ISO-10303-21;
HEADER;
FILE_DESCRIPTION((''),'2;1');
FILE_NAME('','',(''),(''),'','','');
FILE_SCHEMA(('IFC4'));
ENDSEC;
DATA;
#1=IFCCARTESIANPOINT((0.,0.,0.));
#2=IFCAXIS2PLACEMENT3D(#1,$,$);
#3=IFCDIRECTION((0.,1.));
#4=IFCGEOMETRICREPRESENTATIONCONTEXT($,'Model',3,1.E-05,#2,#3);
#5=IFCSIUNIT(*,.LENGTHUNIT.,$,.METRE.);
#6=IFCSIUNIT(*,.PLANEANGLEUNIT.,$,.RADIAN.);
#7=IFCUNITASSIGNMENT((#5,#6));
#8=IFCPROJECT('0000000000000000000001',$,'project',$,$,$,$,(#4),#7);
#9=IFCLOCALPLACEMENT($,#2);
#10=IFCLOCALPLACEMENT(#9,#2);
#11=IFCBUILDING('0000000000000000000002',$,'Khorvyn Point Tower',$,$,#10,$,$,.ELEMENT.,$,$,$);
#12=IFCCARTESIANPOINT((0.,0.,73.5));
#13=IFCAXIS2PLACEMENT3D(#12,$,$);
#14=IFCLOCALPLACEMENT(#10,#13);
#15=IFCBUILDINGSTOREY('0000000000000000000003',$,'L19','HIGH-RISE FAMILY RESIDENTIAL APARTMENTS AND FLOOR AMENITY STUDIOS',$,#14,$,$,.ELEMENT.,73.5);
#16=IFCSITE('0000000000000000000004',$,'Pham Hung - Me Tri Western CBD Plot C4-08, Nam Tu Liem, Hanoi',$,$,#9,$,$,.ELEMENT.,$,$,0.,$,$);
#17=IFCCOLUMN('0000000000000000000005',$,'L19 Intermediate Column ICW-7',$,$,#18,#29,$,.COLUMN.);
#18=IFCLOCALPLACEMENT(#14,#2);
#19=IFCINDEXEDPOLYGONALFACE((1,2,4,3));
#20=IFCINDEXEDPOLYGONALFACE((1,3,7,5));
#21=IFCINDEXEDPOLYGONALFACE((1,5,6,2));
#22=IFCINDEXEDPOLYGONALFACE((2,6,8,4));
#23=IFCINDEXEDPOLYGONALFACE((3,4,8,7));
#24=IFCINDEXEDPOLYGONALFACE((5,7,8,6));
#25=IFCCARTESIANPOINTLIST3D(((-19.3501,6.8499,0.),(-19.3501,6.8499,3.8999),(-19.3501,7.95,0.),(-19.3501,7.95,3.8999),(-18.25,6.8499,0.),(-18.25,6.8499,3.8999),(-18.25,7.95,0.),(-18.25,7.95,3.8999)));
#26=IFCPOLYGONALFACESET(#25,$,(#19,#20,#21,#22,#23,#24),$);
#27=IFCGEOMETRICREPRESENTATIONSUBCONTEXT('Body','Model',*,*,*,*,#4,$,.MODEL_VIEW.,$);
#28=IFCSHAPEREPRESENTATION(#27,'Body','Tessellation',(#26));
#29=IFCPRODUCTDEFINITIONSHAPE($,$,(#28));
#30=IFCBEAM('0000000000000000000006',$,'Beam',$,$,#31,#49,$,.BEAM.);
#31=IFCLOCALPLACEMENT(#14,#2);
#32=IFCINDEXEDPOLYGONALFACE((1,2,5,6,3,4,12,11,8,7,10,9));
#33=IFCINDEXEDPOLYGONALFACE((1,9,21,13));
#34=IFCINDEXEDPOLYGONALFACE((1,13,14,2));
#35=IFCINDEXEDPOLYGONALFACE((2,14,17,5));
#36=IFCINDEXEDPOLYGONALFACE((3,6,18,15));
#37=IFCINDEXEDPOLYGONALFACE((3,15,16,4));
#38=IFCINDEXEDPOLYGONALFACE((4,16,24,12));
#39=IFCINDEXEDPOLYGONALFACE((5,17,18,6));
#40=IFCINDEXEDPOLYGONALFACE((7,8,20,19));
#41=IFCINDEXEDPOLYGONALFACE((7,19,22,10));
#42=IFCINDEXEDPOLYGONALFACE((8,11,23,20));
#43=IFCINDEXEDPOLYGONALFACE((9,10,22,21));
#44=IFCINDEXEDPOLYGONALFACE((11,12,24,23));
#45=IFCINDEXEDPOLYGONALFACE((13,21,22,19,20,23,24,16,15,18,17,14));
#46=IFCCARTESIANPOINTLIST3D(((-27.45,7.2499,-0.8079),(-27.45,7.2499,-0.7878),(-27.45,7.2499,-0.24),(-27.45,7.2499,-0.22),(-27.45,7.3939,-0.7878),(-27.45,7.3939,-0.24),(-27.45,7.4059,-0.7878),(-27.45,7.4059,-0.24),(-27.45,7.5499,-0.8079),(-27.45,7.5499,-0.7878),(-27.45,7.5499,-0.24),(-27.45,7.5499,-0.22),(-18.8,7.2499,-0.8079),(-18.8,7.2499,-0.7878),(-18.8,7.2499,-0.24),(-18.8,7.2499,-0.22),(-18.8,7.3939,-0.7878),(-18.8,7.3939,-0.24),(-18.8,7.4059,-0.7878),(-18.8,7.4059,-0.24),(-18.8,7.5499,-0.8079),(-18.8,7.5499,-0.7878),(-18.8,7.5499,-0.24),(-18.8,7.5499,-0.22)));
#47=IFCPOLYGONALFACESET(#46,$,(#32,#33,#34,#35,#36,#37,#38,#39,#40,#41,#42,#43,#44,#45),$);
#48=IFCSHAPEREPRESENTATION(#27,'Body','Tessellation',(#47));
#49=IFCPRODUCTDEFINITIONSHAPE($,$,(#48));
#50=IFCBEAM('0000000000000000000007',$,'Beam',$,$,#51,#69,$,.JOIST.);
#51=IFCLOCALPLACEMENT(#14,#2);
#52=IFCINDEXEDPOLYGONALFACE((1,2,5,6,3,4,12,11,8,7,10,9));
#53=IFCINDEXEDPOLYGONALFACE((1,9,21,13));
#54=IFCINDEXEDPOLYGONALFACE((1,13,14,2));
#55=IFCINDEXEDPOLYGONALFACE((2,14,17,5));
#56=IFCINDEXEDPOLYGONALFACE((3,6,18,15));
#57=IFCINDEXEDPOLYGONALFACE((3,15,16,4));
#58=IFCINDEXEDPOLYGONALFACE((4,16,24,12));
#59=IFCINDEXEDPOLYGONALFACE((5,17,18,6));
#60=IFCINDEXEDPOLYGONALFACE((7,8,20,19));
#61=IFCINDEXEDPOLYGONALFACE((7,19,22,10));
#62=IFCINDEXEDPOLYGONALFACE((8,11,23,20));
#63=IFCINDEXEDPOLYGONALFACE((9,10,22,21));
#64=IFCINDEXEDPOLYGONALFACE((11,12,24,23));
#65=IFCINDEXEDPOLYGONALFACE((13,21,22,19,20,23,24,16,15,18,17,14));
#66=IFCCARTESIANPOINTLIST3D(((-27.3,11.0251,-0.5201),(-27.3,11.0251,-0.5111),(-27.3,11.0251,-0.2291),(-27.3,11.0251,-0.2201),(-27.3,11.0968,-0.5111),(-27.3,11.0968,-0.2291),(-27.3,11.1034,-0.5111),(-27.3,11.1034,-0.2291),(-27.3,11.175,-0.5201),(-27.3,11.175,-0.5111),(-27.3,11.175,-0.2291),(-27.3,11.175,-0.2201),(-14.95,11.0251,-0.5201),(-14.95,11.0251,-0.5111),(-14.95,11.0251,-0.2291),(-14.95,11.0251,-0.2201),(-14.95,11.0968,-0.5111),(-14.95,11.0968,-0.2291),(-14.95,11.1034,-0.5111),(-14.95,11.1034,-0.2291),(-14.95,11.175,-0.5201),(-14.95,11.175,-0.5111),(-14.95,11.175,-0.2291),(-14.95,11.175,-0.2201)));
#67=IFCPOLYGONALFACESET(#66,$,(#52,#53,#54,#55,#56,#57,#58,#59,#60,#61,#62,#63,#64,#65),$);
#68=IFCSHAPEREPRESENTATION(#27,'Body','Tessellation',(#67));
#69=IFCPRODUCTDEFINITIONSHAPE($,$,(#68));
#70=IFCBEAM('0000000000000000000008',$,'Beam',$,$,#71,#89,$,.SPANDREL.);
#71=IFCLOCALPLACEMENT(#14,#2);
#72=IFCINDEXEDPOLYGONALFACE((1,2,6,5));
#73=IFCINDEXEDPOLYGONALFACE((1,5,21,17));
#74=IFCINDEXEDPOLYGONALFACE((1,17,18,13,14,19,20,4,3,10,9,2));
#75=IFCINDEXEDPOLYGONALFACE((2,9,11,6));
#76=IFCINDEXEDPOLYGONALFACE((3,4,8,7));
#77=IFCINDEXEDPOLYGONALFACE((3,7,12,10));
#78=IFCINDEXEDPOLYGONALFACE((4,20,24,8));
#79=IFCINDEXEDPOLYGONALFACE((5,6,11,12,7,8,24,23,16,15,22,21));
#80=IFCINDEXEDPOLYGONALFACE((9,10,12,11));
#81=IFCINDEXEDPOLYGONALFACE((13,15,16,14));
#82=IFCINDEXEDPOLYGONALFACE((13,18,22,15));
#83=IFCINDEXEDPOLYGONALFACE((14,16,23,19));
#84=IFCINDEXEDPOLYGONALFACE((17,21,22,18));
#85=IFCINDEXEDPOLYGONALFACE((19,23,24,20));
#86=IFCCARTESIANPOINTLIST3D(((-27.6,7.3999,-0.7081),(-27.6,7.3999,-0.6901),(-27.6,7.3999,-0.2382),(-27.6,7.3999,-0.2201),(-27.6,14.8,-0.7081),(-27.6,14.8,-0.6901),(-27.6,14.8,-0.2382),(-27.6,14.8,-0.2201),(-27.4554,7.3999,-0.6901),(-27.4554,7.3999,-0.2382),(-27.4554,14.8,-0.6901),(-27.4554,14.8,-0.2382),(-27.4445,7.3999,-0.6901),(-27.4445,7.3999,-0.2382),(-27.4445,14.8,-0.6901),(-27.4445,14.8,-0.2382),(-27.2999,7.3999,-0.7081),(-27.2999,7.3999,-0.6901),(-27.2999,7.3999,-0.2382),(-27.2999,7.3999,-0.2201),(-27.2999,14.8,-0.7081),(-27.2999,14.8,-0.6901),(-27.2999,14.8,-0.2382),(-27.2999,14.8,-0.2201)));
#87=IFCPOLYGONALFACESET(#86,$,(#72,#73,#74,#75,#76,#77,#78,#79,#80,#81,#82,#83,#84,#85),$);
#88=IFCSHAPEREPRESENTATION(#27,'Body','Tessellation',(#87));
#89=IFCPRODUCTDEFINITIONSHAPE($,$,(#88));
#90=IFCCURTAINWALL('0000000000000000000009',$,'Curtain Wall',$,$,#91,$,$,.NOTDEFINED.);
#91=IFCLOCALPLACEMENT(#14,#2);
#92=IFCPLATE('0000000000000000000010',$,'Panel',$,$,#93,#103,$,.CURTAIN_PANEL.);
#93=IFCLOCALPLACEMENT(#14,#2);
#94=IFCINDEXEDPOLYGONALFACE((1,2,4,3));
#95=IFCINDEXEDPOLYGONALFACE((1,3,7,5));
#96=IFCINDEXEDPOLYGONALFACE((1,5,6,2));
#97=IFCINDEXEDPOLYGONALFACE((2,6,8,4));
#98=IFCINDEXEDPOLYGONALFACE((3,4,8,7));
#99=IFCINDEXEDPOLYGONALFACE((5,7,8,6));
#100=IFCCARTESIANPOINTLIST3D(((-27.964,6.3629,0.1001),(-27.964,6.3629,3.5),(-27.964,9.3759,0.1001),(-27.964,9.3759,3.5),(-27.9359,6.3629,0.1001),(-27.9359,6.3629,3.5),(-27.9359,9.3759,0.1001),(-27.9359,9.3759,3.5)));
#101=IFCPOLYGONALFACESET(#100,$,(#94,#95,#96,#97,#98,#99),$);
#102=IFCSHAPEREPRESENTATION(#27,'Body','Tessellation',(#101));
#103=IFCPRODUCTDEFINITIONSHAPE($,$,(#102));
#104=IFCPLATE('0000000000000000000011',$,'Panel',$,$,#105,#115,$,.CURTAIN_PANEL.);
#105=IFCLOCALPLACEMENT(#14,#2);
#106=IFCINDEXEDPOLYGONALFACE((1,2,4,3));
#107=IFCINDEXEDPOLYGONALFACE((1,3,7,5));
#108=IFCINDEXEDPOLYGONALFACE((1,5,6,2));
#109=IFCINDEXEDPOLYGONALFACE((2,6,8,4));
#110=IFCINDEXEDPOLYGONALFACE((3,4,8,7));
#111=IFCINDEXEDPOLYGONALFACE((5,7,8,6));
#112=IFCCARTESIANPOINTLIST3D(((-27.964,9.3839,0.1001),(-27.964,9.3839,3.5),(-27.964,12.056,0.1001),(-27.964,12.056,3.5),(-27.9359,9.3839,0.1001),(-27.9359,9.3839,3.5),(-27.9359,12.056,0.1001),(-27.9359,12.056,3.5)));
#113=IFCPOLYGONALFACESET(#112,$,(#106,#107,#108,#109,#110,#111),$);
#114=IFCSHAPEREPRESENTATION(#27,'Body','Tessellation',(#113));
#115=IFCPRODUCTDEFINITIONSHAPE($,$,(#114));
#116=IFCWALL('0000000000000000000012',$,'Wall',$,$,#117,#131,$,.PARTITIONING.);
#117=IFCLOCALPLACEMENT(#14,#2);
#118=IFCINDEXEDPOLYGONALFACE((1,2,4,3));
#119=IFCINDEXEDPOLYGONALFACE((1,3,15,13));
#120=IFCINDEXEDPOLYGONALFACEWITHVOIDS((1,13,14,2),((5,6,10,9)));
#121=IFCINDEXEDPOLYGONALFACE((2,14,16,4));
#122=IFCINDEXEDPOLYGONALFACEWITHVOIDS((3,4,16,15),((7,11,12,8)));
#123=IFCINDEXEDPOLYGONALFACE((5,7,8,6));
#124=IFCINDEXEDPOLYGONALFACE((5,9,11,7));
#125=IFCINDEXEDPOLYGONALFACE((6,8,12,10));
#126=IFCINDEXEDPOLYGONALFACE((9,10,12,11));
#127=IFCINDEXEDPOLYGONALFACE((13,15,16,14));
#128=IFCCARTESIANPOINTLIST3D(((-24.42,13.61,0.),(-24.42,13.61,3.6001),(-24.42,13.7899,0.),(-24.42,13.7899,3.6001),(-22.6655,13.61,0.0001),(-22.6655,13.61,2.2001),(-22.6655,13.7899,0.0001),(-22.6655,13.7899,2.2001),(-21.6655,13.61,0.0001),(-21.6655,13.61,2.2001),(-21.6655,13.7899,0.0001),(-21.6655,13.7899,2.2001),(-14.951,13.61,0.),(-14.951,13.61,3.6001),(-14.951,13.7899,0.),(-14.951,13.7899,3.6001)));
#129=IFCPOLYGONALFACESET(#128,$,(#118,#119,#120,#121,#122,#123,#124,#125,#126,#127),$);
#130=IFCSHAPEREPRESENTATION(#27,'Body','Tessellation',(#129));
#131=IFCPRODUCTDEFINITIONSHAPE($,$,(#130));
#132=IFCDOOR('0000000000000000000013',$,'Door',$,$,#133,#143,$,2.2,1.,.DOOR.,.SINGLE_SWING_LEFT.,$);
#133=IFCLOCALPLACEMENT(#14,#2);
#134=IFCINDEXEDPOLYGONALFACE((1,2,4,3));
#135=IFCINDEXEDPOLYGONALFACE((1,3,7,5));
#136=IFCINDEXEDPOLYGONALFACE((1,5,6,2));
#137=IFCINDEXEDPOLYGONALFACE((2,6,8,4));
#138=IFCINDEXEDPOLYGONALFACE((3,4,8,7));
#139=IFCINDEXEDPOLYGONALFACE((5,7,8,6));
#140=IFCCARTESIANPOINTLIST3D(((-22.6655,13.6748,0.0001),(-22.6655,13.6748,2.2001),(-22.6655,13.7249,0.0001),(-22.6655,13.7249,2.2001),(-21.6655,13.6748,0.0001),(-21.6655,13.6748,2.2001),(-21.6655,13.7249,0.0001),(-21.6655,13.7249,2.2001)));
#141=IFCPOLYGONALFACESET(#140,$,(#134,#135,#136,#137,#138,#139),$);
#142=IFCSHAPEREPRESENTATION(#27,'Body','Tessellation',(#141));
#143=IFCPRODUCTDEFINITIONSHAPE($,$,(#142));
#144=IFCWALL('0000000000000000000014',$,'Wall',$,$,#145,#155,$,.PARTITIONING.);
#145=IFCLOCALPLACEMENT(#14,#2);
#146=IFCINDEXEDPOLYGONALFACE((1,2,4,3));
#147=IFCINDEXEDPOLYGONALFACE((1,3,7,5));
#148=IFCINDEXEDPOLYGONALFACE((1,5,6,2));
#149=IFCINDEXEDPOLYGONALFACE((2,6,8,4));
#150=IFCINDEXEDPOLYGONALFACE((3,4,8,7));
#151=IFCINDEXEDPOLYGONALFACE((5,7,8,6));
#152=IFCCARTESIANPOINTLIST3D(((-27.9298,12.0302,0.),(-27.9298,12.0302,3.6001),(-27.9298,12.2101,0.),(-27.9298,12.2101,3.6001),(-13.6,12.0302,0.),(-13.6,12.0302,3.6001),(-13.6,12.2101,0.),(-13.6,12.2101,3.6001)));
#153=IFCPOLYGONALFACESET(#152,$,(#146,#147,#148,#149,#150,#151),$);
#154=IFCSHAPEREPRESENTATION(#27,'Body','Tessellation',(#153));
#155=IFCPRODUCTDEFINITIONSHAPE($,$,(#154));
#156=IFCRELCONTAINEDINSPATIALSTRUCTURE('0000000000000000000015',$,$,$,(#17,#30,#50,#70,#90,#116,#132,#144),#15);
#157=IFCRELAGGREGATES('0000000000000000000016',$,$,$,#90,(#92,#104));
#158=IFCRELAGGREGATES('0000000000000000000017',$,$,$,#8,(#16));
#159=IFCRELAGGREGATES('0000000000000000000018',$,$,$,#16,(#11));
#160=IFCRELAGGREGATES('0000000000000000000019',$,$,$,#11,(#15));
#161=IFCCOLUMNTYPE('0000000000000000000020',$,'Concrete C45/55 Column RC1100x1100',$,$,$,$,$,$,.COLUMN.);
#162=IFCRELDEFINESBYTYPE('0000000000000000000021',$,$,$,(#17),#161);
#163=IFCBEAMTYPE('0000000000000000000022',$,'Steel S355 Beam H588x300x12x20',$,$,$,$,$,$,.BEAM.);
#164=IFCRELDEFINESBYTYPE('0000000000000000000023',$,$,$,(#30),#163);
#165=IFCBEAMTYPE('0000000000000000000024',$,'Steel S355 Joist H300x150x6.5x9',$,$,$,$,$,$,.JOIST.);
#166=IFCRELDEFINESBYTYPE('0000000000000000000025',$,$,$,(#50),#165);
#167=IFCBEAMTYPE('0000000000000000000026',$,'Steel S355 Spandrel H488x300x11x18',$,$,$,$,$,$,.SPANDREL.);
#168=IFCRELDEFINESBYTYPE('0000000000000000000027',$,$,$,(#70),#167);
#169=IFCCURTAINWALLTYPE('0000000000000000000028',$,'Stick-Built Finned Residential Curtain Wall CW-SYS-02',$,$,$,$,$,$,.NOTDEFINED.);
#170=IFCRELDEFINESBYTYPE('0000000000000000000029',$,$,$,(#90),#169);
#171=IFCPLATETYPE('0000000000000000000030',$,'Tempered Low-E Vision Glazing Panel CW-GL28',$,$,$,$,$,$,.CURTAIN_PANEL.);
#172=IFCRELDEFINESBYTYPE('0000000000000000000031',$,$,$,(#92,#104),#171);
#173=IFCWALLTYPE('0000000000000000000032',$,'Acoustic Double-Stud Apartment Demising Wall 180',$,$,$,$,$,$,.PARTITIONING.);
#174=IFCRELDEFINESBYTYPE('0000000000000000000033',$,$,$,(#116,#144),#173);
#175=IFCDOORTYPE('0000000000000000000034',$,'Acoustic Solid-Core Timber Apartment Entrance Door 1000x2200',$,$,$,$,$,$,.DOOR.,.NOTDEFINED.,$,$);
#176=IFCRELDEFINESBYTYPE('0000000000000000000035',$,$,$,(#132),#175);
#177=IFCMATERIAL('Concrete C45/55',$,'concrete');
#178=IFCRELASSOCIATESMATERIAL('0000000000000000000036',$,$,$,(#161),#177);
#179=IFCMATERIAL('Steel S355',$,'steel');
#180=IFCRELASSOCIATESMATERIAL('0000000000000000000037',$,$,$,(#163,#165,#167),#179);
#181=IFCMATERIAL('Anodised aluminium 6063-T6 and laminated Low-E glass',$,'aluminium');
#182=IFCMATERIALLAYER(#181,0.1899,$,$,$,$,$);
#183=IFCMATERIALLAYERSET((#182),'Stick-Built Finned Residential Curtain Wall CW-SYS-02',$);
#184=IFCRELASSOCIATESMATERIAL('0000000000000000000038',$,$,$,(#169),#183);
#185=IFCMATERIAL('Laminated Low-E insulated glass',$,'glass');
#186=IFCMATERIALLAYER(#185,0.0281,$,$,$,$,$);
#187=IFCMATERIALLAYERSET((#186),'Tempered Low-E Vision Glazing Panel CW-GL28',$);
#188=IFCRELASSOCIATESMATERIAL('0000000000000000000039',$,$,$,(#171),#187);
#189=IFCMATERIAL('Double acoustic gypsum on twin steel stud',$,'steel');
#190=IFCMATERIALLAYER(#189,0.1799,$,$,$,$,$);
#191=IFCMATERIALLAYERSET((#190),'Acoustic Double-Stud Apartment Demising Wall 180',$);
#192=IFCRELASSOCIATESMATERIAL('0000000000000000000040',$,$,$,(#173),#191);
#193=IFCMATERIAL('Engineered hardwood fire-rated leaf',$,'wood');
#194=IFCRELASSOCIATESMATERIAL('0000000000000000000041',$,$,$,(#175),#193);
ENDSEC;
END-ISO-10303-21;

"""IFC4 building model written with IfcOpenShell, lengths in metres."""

from ifc_helpers import new_model, si_unit, direction, frame, frame_2d, origin, origin_2d, place, context, subcontext, project, spatial, rectangle, i_section, extrude, material, layer, layer_set, material_profile, profile_set, type_object, element, fill, aggregate, save


model = new_model("IFC4")

# Units and contexts
model_context = context("Model", 3, precision=1e-05, world=origin(), true_north=direction((0.0, 1.0)))
body_context = subcontext(model_context, "Body", "Model", "MODEL_VIEW")
ifc_project = project(units=[si_unit("LENGTHUNIT", "METRE"), si_unit("PLANEANGLEUNIT", "RADIAN")], contexts=[model_context])

# Site, building, storey
site_placement = place(None, origin())
site = spatial("IfcSite", under=ifc_project, at=site_placement, Name="Pham Hung - Me Tri Western CBD Plot C4-08, Nam Tu Liem, Hanoi", CompositionType="ELEMENT", RefElevation=0.0)
building_placement = place(site_placement, origin())
building = spatial("IfcBuilding", under=site, at=building_placement, Name="Khorvyn Point Tower", CompositionType="ELEMENT")
storey_placement = place(building_placement, frame((0.0, 0.0, 73.5)))
storey = spatial("IfcBuildingStorey", under=building, at=storey_placement, Name="L19", Description="HIGH-RISE FAMILY RESIDENTIAL APARTMENTS AND FLOOR AMENITY STUDIOS", CompositionType="ELEMENT", Elevation=73.5)

# Column
ifc_material_1 = material(Name="Concrete C45/55", Category="concrete")
ifc_material_profile_1 = material_profile(ifc_material_1, rectangle(XDim=1.1001, YDim=1.1001, at=origin_2d()))
ifc_profile_set_1 = profile_set([ifc_material_profile_1], Name="Concrete C45/55 RC1100x1100")
column_type = type_object("IfcColumnType", Name="Concrete C45/55 Column RC1100x1100", PredefinedType="COLUMN", material=ifc_profile_set_1)
column_placement = place(storey_placement, frame((-18.8, 7.3999, 0.0), z_axis=(0.0, 0.0, 1.0), x_axis=(1.0, 0.0, 0.0)))
element("IfcColumn", 1, at=column_placement, inside=storey, type_object=column_type, Name="L19 Intermediate Column ICW-7", PredefinedType="COLUMN", context=body_context, shape_type="SweptSolid", body=[
    extrude(rectangle(XDim=1.1001, YDim=1.1001, at=origin_2d()), origin(), (0.0, 0.0, 1.0), 3.8999),
])

# Beams
ifc_material_2 = material(Name="Steel S355", Category="steel")
ifc_material_profile_2 = material_profile(ifc_material_2, i_section(OverallWidth=0.3, OverallDepth=0.5879, WebThickness=0.012, FlangeThickness=0.02, at=origin_2d()))
ifc_profile_set_2 = profile_set([ifc_material_profile_2], Name="Steel S355 H588x300x12x20")
beam_type_1 = type_object("IfcBeamType", Name="Steel S355 Beam H588x300x12x20", PredefinedType="BEAM", material=ifc_profile_set_2)
beam_1_placement = place(storey_placement, frame((-27.45, 7.3999, -0.5139), z_axis=(1.0, 0.0, 0.0), x_axis=(0.0, 1.0, 0.0)))
element("IfcBeam", 2, at=beam_1_placement, inside=storey, type_object=beam_type_1, Name="Beam", PredefinedType="BEAM", context=body_context, shape_type="SweptSolid", body=[
    extrude(i_section(OverallWidth=0.3, OverallDepth=0.5879, WebThickness=0.012, FlangeThickness=0.02, at=origin_2d()), origin(), (0.0, 0.0, 1.0), 8.6499),
])
ifc_material_profile_3 = material_profile(ifc_material_2, i_section(OverallWidth=0.1499, OverallDepth=0.3, WebThickness=0.0066, FlangeThickness=0.009, at=origin_2d()))
ifc_profile_set_3 = profile_set([ifc_material_profile_3], Name="Steel S355 H300x150x6.5x9")
beam_type_2 = type_object("IfcBeamType", Name="Steel S355 Joist H300x150x6.5x9", PredefinedType="JOIST", material=ifc_profile_set_3)
beam_2_placement = place(storey_placement, frame((-27.3, 11.1001, -0.3701), z_axis=(1.0, 0.0, 0.0), x_axis=(0.0, 1.0, 0.0)))
element("IfcBeam", 3, at=beam_2_placement, inside=storey, type_object=beam_type_2, Name="Beam", PredefinedType="JOIST", context=body_context, shape_type="SweptSolid", body=[
    extrude(i_section(OverallWidth=0.1499, OverallDepth=0.3, WebThickness=0.0066, FlangeThickness=0.009, at=origin_2d()), origin(), (0.0, 0.0, 1.0), 12.3501),
])
ifc_material_profile_4 = material_profile(ifc_material_2, i_section(OverallWidth=0.3, OverallDepth=0.488, WebThickness=0.011, FlangeThickness=0.0181, at=origin_2d()))
ifc_profile_set_4 = profile_set([ifc_material_profile_4], Name="Steel S355 H488x300x11x18")
beam_type_3 = type_object("IfcBeamType", Name="Steel S355 Spandrel H488x300x11x18", PredefinedType="SPANDREL", material=ifc_profile_set_4)
beam_3_placement = place(storey_placement, frame((-27.45, 7.3999, -0.4641), z_axis=(0.0, 1.0, 0.0), x_axis=(-1.0, 0.0, 0.0)))
element("IfcBeam", 4, at=beam_3_placement, inside=storey, type_object=beam_type_3, Name="Beam", PredefinedType="SPANDREL", context=body_context, shape_type="SweptSolid", body=[
    extrude(i_section(OverallWidth=0.3, OverallDepth=0.488, WebThickness=0.011, FlangeThickness=0.0181, at=origin_2d()), origin(), (0.0, 0.0, 1.0), 7.4001),
])

# Curtain wall, plates
ifc_material_3 = material(Name="Anodised aluminium 6063-T6 and laminated Low-E glass", Category="aluminium")
ifc_layer_1 = layer(ifc_material_3, 0.1899)
ifc_layer_set_1 = layer_set([ifc_layer_1], Name="Stick-Built Finned Residential Curtain Wall CW-SYS-02")
curtain_wall_type = type_object("IfcCurtainWallType", Name="Stick-Built Finned Residential Curtain Wall CW-SYS-02", PredefinedType="NOTDEFINED", material=ifc_layer_set_1)
curtain_wall_placement = place(storey_placement, origin())
curtain_wall = element("IfcCurtainWall", 5, at=curtain_wall_placement, inside=storey, type_object=curtain_wall_type, Name="Curtain Wall", PredefinedType="NOTDEFINED")
ifc_material_4 = material(Name="Laminated Low-E insulated glass", Category="glass")
ifc_layer_2 = layer(ifc_material_4, 0.0281)
ifc_layer_set_2 = layer_set([ifc_layer_2], Name="Tempered Low-E Vision Glazing Panel CW-GL28")
plate_type = type_object("IfcPlateType", Name="Tempered Low-E Vision Glazing Panel CW-GL28", PredefinedType="CURTAIN_PANEL", material=ifc_layer_set_2)
plate_1_placement = place(storey_placement, frame((-27.95, 7.8694, 0.1001), z_axis=(0.0, 0.0, 1.0), x_axis=(0.0, 1.0, 0.0)))
plate_1 = element("IfcPlate", 6, at=plate_1_placement, type_object=plate_type, Name="Panel", PredefinedType="CURTAIN_PANEL", context=body_context, shape_type="SweptSolid", body=[
    extrude(rectangle(XDim=3.0129, YDim=0.0281, at=origin_2d()), origin(), (0.0, 0.0, 1.0), 3.3999),
])
plate_2_placement = place(storey_placement, frame((-27.95, 10.72, 0.1001), z_axis=(0.0, 0.0, 1.0), x_axis=(0.0, 1.0, 0.0)))
plate_2 = element("IfcPlate", 7, at=plate_2_placement, type_object=plate_type, Name="Panel", PredefinedType="CURTAIN_PANEL", context=body_context, shape_type="SweptSolid", body=[
    extrude(rectangle(XDim=2.6721, YDim=0.0281, at=origin_2d()), origin(), (0.0, 0.0, 1.0), 3.3999),
])
aggregate(curtain_wall, [plate_1, plate_2])

# Wall, opening, door
ifc_material_5 = material(Name="Double acoustic gypsum on twin steel stud", Category="steel")
ifc_layer_3 = layer(ifc_material_5, 0.1799)
ifc_layer_set_3 = layer_set([ifc_layer_3], Name="Acoustic Double-Stud Apartment Demising Wall 180")
wall_type_1 = type_object("IfcWallType", Name="Acoustic Double-Stud Apartment Demising Wall 180", PredefinedType="PARTITIONING", material=ifc_layer_set_3)
wall_1_placement = place(storey_placement, frame((-24.4199, 13.7, 0.0), z_axis=(0.0, 0.0, 1.0), x_axis=(1.0, 0.0, 0.0)))
wall_1 = element("IfcWall", 8, at=wall_1_placement, inside=storey, type_object=wall_type_1, Name="Wall", PredefinedType="PARTITIONING", context=body_context, shape_type="SweptSolid", body=[
    extrude(rectangle(XDim=9.469, YDim=0.1799, at=frame_2d((4.7344, 0.0))), origin(), (0.0, 0.0, 1.0), 3.6001),
])
opening_1_placement = place(wall_1_placement, frame((1.7544, 0.0, 0.0)))
opening_1 = element("IfcOpeningElement", 9, at=opening_1_placement, cuts=wall_1, PredefinedType="OPENING", context=body_context, shape_type="SweptSolid", body=[
    extrude(rectangle(XDim=1.0, YDim=2.2, at=frame_2d((0.5, 1.1001))), frame((0.0, 0.0999, 0.0), z_axis=(0.0, -1.0, 0.0), x_axis=(1.0, 0.0, 0.0)), (0.0, 0.0, 1.0), 0.2),
])
ifc_material_6 = material(Name="Engineered hardwood fire-rated leaf", Category="wood")
door_type_1 = type_object("IfcDoorType", Name="Acoustic Solid-Core Timber Apartment Entrance Door 1000x2200", OperationType="NOTDEFINED", PredefinedType="DOOR", material=ifc_material_6)
door_1_placement = place(opening_1_placement, origin())
door_1 = element("IfcDoor", 10, at=door_1_placement, inside=storey, type_object=door_type_1, Name="Door", OperationType="SINGLE_SWING_LEFT", OverallHeight=2.2, OverallWidth=1.0, PredefinedType="DOOR", context=body_context, shape_type="SweptSolid", body=[
    extrude(rectangle(XDim=1.0, YDim=2.2, at=frame_2d((0.5, 1.1001))), frame((0.0, 0.0249, 0.0), z_axis=(0.0, -1.0, 0.0), x_axis=(1.0, 0.0, 0.0)), (0.0, 0.0, 1.0), 0.05),
])
fill(opening_1, door_1)

# Wall
wall_2_placement = place(storey_placement, frame((-27.9299, 12.1201, 0.0), z_axis=(0.0, 0.0, 1.0), x_axis=(1.0, 0.0, 0.0)))
element("IfcWall", 11, at=wall_2_placement, inside=storey, type_object=wall_type_1, Name="Wall", PredefinedType="PARTITIONING", context=body_context, shape_type="SweptSolid", body=[
    extrude(rectangle(XDim=14.3298, YDim=0.1799, at=frame_2d((7.165, 0.0))), origin(), (0.0, 0.0, 1.0), 3.6001),
])

save(model, "model.ifc")
